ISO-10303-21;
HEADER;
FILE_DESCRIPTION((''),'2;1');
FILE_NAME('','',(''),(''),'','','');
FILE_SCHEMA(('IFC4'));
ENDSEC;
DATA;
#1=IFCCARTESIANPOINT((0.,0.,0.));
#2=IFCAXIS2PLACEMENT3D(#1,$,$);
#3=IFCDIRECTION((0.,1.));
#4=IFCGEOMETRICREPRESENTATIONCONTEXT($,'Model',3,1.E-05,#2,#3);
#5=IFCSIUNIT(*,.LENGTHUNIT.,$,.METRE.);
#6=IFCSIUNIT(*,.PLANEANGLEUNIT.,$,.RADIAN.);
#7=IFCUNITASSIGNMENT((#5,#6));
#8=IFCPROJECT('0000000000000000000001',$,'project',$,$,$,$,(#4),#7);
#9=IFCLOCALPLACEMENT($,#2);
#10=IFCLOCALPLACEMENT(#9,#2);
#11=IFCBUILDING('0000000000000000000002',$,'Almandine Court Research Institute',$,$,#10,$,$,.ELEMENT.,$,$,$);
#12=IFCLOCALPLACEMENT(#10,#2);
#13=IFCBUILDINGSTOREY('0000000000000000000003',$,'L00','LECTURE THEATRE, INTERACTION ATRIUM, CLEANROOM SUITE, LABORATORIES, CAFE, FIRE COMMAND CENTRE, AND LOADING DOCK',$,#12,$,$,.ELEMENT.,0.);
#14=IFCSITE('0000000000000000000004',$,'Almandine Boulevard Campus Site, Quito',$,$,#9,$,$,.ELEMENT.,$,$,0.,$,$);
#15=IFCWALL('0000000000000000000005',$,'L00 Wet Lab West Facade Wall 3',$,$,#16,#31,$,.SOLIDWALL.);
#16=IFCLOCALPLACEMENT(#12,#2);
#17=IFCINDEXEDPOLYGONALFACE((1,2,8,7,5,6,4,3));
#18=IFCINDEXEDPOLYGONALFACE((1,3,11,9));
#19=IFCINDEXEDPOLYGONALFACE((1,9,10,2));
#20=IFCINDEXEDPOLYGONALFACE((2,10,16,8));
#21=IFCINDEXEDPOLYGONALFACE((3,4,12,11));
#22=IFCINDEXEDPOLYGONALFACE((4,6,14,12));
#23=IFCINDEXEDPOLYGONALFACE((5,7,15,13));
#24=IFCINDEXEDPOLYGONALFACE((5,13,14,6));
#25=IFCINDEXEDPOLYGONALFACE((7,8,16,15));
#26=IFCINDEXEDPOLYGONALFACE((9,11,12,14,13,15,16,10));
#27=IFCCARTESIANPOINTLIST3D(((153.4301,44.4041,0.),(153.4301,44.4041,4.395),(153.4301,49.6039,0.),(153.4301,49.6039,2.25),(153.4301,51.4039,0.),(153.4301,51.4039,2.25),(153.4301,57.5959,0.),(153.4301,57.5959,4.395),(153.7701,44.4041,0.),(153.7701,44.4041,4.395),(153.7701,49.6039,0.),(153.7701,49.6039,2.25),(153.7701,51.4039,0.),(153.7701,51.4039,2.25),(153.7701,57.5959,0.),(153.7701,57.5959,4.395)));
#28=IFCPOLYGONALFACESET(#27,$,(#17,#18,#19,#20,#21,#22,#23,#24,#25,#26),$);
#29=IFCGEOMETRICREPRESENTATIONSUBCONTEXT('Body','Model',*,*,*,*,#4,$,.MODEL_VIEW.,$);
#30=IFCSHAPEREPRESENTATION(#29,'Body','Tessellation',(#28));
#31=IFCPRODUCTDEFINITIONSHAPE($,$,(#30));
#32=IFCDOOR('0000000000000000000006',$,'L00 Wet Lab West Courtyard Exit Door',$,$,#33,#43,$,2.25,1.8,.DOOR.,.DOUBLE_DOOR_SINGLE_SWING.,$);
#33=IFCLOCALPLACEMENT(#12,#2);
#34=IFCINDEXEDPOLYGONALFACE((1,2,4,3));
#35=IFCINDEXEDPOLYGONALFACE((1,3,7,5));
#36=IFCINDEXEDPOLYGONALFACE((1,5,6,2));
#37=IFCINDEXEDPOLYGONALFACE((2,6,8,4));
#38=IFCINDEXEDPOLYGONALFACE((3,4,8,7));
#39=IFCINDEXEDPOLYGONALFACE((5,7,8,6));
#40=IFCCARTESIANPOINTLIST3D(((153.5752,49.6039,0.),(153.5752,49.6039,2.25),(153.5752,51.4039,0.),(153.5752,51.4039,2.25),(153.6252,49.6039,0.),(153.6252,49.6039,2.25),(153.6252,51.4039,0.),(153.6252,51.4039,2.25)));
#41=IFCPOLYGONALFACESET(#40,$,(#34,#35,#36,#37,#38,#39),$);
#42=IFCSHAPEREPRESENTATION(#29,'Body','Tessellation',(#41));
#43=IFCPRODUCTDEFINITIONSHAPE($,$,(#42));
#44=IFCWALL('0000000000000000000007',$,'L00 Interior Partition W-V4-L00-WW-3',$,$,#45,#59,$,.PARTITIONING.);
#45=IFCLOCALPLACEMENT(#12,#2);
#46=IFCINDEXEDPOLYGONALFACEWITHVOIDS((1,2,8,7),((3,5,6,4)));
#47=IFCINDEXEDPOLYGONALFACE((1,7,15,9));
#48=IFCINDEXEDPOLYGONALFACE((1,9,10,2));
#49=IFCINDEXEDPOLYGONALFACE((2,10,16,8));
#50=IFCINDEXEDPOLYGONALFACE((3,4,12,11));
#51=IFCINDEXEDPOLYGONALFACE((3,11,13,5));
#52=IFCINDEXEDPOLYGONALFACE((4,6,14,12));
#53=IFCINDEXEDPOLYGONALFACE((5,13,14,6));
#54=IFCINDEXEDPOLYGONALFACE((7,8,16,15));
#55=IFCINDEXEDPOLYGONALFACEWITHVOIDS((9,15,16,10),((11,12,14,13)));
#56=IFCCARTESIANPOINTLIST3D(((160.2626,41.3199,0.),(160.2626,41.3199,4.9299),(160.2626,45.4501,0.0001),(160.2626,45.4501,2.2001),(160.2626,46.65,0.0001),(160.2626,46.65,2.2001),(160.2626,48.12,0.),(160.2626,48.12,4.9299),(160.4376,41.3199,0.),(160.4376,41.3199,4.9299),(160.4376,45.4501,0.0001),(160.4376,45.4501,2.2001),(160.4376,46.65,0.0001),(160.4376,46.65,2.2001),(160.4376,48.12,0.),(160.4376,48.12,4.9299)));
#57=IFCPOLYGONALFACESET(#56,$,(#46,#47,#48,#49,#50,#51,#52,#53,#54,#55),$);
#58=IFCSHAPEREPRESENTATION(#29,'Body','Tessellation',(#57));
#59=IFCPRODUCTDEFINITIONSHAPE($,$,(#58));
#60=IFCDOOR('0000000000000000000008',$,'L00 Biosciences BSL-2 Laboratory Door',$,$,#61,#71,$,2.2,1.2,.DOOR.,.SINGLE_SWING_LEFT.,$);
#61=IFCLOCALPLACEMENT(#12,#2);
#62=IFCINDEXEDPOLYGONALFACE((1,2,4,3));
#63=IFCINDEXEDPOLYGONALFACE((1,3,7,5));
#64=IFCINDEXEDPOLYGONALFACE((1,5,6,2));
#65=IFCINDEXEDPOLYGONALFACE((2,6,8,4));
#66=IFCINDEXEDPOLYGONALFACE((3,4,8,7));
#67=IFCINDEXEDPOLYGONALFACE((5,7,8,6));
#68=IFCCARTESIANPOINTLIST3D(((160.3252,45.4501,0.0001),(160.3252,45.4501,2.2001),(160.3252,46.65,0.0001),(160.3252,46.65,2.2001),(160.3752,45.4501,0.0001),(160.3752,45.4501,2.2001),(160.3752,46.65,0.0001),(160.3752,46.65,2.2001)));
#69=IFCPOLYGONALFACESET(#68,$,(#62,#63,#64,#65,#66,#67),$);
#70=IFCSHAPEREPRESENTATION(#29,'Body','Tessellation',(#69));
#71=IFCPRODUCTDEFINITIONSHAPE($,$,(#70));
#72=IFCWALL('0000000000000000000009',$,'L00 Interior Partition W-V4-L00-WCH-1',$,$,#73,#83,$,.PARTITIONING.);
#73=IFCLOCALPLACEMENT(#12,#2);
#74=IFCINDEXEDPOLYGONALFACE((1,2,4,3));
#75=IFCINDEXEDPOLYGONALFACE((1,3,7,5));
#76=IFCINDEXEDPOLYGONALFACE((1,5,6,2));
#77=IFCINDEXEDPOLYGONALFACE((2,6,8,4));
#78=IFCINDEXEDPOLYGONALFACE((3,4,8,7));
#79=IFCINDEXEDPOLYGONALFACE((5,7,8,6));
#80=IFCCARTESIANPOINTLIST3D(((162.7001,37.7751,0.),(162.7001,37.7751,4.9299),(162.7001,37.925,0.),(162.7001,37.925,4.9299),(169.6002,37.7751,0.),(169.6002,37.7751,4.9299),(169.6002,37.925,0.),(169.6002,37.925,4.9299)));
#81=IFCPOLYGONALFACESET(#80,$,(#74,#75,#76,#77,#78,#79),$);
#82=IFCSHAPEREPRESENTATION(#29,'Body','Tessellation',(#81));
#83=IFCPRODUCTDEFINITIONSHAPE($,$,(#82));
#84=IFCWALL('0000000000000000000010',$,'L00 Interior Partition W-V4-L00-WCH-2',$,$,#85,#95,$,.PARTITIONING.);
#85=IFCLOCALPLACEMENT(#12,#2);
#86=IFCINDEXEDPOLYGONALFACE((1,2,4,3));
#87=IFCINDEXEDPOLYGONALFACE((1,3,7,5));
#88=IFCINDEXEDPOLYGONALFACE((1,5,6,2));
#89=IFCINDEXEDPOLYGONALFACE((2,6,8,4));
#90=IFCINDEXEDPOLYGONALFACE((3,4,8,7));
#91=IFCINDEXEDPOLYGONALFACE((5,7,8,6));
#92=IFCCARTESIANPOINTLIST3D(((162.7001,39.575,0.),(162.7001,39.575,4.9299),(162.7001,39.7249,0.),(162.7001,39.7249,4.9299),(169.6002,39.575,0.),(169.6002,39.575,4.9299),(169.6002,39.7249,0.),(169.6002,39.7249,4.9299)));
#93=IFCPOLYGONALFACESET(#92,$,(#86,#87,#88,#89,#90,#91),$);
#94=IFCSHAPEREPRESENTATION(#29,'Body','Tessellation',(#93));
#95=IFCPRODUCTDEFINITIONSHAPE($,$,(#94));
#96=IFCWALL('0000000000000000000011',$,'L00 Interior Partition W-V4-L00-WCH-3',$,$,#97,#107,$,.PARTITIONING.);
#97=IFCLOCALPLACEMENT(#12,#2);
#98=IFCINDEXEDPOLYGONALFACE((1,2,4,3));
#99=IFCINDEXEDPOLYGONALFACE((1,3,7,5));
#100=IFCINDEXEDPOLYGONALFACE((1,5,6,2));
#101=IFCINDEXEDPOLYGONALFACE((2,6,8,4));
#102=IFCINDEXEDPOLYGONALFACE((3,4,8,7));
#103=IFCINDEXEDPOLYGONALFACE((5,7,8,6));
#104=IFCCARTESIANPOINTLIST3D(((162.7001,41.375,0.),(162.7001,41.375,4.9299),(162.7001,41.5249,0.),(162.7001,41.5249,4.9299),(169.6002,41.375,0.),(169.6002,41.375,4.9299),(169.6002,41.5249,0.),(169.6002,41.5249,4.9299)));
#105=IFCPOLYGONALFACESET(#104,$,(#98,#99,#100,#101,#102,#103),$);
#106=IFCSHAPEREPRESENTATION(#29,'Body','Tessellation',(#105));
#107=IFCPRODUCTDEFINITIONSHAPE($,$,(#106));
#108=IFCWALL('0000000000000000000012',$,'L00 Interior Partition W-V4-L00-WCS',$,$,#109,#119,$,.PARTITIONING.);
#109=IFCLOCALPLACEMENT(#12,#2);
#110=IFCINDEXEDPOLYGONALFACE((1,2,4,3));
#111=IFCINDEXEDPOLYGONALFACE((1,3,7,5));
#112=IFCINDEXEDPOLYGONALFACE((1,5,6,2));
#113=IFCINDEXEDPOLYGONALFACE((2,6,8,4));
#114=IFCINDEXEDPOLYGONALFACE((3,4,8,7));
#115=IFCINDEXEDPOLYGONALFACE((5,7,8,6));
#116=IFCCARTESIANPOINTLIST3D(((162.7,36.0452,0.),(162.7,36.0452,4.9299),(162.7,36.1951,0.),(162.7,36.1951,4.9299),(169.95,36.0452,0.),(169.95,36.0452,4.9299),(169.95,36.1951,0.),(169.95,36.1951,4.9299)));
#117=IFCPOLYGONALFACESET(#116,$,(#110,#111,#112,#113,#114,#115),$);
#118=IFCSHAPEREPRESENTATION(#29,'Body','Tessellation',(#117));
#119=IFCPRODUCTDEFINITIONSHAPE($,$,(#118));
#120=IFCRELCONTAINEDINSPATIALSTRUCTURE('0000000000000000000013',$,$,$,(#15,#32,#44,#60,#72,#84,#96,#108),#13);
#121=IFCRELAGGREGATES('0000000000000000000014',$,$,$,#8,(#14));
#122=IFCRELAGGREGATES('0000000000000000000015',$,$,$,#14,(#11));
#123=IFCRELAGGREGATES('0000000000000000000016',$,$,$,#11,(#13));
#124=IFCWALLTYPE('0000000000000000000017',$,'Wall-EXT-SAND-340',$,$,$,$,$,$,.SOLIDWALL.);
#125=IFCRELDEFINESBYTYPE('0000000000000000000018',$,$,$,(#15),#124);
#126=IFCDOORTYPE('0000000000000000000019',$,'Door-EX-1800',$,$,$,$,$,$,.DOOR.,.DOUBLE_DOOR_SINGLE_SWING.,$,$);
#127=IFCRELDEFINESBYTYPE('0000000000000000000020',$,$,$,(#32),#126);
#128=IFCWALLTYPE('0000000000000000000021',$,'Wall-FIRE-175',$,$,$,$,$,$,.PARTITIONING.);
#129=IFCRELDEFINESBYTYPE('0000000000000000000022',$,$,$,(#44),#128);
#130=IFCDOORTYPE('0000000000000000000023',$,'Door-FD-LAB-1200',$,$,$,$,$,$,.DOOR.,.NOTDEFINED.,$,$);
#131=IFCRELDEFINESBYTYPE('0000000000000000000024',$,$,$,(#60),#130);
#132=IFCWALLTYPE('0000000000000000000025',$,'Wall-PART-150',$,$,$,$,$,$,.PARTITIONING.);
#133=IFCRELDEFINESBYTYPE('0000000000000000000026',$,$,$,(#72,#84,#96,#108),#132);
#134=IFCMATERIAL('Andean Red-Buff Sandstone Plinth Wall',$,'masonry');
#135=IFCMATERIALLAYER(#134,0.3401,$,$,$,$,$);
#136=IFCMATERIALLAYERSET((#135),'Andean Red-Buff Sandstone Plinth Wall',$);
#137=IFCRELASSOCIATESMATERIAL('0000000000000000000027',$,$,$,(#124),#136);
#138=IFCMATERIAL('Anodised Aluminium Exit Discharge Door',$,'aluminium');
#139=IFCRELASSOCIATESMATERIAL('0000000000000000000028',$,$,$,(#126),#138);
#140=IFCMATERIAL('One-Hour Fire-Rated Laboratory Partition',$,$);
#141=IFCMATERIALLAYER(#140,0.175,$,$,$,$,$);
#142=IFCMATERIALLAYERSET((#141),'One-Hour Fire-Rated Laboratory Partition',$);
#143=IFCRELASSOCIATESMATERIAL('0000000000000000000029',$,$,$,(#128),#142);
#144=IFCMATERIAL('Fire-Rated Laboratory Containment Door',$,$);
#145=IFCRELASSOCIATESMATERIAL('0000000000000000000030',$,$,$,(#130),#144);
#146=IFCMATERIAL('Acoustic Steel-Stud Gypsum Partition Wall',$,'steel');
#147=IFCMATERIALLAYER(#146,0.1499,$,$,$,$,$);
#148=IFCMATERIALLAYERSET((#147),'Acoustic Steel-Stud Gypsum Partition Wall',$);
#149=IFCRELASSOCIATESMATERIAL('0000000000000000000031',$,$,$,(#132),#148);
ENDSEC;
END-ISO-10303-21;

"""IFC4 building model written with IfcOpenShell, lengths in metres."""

from ifc_helpers import new_model, si_unit, direction, frame, frame_2d, origin, place, context, subcontext, project, spatial, rectangle, extrude, material, layer, layer_set, type_object, element, fill, save


model = new_model("IFC4")

# Units and contexts
model_context = context("Model", 3, precision=1e-05, world=origin(), true_north=direction((0.0, 1.0)))
body_context = subcontext(model_context, "Body", "Model", "MODEL_VIEW")
ifc_project = project(units=[si_unit("LENGTHUNIT", "METRE"), si_unit("PLANEANGLEUNIT", "RADIAN")], contexts=[model_context])

# Site, building, storey
site_placement = place(None, origin())
site = spatial("IfcSite", under=ifc_project, at=site_placement, Name="Almandine Boulevard Campus Site, Quito", CompositionType="ELEMENT", RefElevation=0.0)
building_placement = place(site_placement, origin())
building = spatial("IfcBuilding", under=site, at=building_placement, Name="Almandine Court Research Institute", CompositionType="ELEMENT")
storey_placement = place(building_placement, origin())
storey = spatial("IfcBuildingStorey", under=building, at=storey_placement, Name="L00", Description="LECTURE THEATRE, INTERACTION ATRIUM, CLEANROOM SUITE, LABORATORIES, CAFE, FIRE COMMAND CENTRE, AND LOADING DOCK", CompositionType="ELEMENT", Elevation=0.0)

# Shared definitions
ifc_material_1 = material(Name="Andean Red-Buff Sandstone Plinth Wall", Category="masonry")
ifc_layer_1 = layer(ifc_material_1, 0.3401)
ifc_layer_set_1 = layer_set([ifc_layer_1], Name="Andean Red-Buff Sandstone Plinth Wall")
wall_type_1 = type_object("IfcWallType", Name="Wall-EXT-SAND-340", PredefinedType="SOLIDWALL", material=ifc_layer_set_1)

# Walls, openings, doors
wall_1_placement = place(storey_placement, frame((153.6001, 44.4041, 0.0), z_axis=(0.0, 0.0, 1.0), x_axis=(0.0, 1.0, 0.0)))
wall_1 = element("IfcWall", 1, at=wall_1_placement, inside=storey, type_object=wall_type_1, Name="L00 Wet Lab West Facade Wall 3", PredefinedType="SOLIDWALL", context=body_context, shape_type="SweptSolid", body=[
    extrude(rectangle(XDim=13.1919, YDim=0.3401, at=frame_2d((6.5959, 0.0))), origin(), (0.0, 0.0, 1.0), 4.395),
])
opening_1_placement = place(wall_1_placement, frame((5.2, 0.0, 0.0)))
opening_1 = element("IfcOpeningElement", 2, at=opening_1_placement, cuts=wall_1, PredefinedType="OPENING", context=body_context, shape_type="SweptSolid", body=[
    extrude(rectangle(XDim=1.8, YDim=2.25, at=frame_2d((0.8999, 1.125))), frame((0.0, 0.1799, 0.0), z_axis=(0.0, -1.0, 0.0), x_axis=(1.0, 0.0, 0.0)), (0.0, 0.0, 1.0), 0.3601),
])
ifc_material_2 = material(Name="Anodised Aluminium Exit Discharge Door", Category="aluminium")
door_type_1 = type_object("IfcDoorType", Name="Door-EX-1800", OperationType="DOUBLE_DOOR_SINGLE_SWING", PredefinedType="DOOR", material=ifc_material_2)
door_1_placement = place(opening_1_placement, origin())
door_1 = element("IfcDoor", 3, at=door_1_placement, inside=storey, type_object=door_type_1, Name="L00 Wet Lab West Courtyard Exit Door", OperationType="DOUBLE_DOOR_SINGLE_SWING", OverallHeight=2.25, OverallWidth=1.8, PredefinedType="DOOR", context=body_context, shape_type="SweptSolid", body=[
    extrude(rectangle(XDim=1.8, YDim=2.25, at=frame_2d((0.8999, 1.125))), frame((0.0, 0.0249, 0.0), z_axis=(0.0, -1.0, 0.0), x_axis=(1.0, 0.0, 0.0)), (0.0, 0.0, 1.0), 0.05),
])
fill(opening_1, door_1)
ifc_material_3 = material(Name="One-Hour Fire-Rated Laboratory Partition")
ifc_layer_2 = layer(ifc_material_3, 0.175)
ifc_layer_set_2 = layer_set([ifc_layer_2], Name="One-Hour Fire-Rated Laboratory Partition")
wall_type_2 = type_object("IfcWallType", Name="Wall-FIRE-175", PredefinedType="PARTITIONING", material=ifc_layer_set_2)
wall_2_placement = place(storey_placement, frame((160.3501, 41.3201, 0.0), z_axis=(0.0, 0.0, 1.0), x_axis=(0.0, 1.0, 0.0)))
wall_2 = element("IfcWall", 4, at=wall_2_placement, inside=storey, type_object=wall_type_2, Name="L00 Interior Partition W-V4-L00-WW-3", PredefinedType="PARTITIONING", context=body_context, shape_type="SweptSolid", body=[
    extrude(rectangle(XDim=6.8, YDim=0.175, at=frame_2d((3.3999, 0.0))), origin(), (0.0, 0.0, 1.0), 4.9299),
])
opening_2_placement = place(wall_2_placement, frame((4.1299, 0.0, 0.0)))
opening_2 = element("IfcOpeningElement", 5, at=opening_2_placement, cuts=wall_2, PredefinedType="OPENING", context=body_context, shape_type="SweptSolid", body=[
    extrude(rectangle(XDim=1.2, YDim=2.2, at=frame_2d((0.6001, 1.1001))), frame((0.0, 0.0974, 0.0), z_axis=(0.0, -1.0, 0.0), x_axis=(1.0, 0.0, 0.0)), (0.0, 0.0, 1.0), 0.1951),
])
ifc_material_4 = material(Name="Fire-Rated Laboratory Containment Door")
door_type_2 = type_object("IfcDoorType", Name="Door-FD-LAB-1200", OperationType="NOTDEFINED", PredefinedType="DOOR", material=ifc_material_4)
door_2_placement = place(opening_2_placement, origin())
door_2 = element("IfcDoor", 6, at=door_2_placement, inside=storey, type_object=door_type_2, Name="L00 Biosciences BSL-2 Laboratory Door", OperationType="SINGLE_SWING_LEFT", OverallHeight=2.2, OverallWidth=1.2, PredefinedType="DOOR", context=body_context, shape_type="SweptSolid", body=[
    extrude(rectangle(XDim=1.2, YDim=2.2, at=frame_2d((0.6001, 1.1001))), frame((0.0, 0.0249, 0.0), z_axis=(0.0, -1.0, 0.0), x_axis=(1.0, 0.0, 0.0)), (0.0, 0.0, 1.0), 0.05),
])
fill(opening_2, door_2)

# Walls
ifc_material_5 = material(Name="Acoustic Steel-Stud Gypsum Partition Wall", Category="steel")
ifc_layer_3 = layer(ifc_material_5, 0.1499)
ifc_layer_set_3 = layer_set([ifc_layer_3], Name="Acoustic Steel-Stud Gypsum Partition Wall")
wall_type_3 = type_object("IfcWallType", Name="Wall-PART-150", PredefinedType="PARTITIONING", material=ifc_layer_set_3)
for number, where, z_axis, x_axis, name in (
    (7, (162.7, 37.8501, 0.0), (0.0, 0.0, 1.0), (1.0, 0.0, 0.0), "L00 Interior Partition W-V4-L00-WCH-1"),
    (8, (162.7, 39.6499, 0.0), (0.0, 0.0, 1.0), (1.0, 0.0, 0.0), "L00 Interior Partition W-V4-L00-WCH-2"),
    (9, (162.7, 41.45, 0.0), (0.0, 0.0, 1.0), (1.0, 0.0, 0.0), "L00 Interior Partition W-V4-L00-WCH-3"),
):
    element("IfcWall", number, at=place(storey_placement, frame(where, z_axis=z_axis, x_axis=x_axis)), inside=storey, type_object=wall_type_3, Name=name, PredefinedType="PARTITIONING", context=body_context, shape_type="SweptSolid", body=[
        extrude(rectangle(XDim=6.9001, YDim=0.1499, at=frame_2d((3.4502, 0.0))), origin(), (0.0, 0.0, 1.0), 4.9299),
    ])
wall_3_placement = place(storey_placement, frame((162.7, 36.1201, 0.0), z_axis=(0.0, 0.0, 1.0), x_axis=(1.0, 0.0, 0.0)))
element("IfcWall", 10, at=wall_3_placement, inside=storey, type_object=wall_type_3, Name="L00 Interior Partition W-V4-L00-WCS", PredefinedType="PARTITIONING", context=body_context, shape_type="SweptSolid", body=[
    extrude(rectangle(XDim=7.25, YDim=0.1499, at=frame_2d((3.625, 0.0))), origin(), (0.0, 0.0, 1.0), 4.9299),
])

save(model, "model.ifc")
